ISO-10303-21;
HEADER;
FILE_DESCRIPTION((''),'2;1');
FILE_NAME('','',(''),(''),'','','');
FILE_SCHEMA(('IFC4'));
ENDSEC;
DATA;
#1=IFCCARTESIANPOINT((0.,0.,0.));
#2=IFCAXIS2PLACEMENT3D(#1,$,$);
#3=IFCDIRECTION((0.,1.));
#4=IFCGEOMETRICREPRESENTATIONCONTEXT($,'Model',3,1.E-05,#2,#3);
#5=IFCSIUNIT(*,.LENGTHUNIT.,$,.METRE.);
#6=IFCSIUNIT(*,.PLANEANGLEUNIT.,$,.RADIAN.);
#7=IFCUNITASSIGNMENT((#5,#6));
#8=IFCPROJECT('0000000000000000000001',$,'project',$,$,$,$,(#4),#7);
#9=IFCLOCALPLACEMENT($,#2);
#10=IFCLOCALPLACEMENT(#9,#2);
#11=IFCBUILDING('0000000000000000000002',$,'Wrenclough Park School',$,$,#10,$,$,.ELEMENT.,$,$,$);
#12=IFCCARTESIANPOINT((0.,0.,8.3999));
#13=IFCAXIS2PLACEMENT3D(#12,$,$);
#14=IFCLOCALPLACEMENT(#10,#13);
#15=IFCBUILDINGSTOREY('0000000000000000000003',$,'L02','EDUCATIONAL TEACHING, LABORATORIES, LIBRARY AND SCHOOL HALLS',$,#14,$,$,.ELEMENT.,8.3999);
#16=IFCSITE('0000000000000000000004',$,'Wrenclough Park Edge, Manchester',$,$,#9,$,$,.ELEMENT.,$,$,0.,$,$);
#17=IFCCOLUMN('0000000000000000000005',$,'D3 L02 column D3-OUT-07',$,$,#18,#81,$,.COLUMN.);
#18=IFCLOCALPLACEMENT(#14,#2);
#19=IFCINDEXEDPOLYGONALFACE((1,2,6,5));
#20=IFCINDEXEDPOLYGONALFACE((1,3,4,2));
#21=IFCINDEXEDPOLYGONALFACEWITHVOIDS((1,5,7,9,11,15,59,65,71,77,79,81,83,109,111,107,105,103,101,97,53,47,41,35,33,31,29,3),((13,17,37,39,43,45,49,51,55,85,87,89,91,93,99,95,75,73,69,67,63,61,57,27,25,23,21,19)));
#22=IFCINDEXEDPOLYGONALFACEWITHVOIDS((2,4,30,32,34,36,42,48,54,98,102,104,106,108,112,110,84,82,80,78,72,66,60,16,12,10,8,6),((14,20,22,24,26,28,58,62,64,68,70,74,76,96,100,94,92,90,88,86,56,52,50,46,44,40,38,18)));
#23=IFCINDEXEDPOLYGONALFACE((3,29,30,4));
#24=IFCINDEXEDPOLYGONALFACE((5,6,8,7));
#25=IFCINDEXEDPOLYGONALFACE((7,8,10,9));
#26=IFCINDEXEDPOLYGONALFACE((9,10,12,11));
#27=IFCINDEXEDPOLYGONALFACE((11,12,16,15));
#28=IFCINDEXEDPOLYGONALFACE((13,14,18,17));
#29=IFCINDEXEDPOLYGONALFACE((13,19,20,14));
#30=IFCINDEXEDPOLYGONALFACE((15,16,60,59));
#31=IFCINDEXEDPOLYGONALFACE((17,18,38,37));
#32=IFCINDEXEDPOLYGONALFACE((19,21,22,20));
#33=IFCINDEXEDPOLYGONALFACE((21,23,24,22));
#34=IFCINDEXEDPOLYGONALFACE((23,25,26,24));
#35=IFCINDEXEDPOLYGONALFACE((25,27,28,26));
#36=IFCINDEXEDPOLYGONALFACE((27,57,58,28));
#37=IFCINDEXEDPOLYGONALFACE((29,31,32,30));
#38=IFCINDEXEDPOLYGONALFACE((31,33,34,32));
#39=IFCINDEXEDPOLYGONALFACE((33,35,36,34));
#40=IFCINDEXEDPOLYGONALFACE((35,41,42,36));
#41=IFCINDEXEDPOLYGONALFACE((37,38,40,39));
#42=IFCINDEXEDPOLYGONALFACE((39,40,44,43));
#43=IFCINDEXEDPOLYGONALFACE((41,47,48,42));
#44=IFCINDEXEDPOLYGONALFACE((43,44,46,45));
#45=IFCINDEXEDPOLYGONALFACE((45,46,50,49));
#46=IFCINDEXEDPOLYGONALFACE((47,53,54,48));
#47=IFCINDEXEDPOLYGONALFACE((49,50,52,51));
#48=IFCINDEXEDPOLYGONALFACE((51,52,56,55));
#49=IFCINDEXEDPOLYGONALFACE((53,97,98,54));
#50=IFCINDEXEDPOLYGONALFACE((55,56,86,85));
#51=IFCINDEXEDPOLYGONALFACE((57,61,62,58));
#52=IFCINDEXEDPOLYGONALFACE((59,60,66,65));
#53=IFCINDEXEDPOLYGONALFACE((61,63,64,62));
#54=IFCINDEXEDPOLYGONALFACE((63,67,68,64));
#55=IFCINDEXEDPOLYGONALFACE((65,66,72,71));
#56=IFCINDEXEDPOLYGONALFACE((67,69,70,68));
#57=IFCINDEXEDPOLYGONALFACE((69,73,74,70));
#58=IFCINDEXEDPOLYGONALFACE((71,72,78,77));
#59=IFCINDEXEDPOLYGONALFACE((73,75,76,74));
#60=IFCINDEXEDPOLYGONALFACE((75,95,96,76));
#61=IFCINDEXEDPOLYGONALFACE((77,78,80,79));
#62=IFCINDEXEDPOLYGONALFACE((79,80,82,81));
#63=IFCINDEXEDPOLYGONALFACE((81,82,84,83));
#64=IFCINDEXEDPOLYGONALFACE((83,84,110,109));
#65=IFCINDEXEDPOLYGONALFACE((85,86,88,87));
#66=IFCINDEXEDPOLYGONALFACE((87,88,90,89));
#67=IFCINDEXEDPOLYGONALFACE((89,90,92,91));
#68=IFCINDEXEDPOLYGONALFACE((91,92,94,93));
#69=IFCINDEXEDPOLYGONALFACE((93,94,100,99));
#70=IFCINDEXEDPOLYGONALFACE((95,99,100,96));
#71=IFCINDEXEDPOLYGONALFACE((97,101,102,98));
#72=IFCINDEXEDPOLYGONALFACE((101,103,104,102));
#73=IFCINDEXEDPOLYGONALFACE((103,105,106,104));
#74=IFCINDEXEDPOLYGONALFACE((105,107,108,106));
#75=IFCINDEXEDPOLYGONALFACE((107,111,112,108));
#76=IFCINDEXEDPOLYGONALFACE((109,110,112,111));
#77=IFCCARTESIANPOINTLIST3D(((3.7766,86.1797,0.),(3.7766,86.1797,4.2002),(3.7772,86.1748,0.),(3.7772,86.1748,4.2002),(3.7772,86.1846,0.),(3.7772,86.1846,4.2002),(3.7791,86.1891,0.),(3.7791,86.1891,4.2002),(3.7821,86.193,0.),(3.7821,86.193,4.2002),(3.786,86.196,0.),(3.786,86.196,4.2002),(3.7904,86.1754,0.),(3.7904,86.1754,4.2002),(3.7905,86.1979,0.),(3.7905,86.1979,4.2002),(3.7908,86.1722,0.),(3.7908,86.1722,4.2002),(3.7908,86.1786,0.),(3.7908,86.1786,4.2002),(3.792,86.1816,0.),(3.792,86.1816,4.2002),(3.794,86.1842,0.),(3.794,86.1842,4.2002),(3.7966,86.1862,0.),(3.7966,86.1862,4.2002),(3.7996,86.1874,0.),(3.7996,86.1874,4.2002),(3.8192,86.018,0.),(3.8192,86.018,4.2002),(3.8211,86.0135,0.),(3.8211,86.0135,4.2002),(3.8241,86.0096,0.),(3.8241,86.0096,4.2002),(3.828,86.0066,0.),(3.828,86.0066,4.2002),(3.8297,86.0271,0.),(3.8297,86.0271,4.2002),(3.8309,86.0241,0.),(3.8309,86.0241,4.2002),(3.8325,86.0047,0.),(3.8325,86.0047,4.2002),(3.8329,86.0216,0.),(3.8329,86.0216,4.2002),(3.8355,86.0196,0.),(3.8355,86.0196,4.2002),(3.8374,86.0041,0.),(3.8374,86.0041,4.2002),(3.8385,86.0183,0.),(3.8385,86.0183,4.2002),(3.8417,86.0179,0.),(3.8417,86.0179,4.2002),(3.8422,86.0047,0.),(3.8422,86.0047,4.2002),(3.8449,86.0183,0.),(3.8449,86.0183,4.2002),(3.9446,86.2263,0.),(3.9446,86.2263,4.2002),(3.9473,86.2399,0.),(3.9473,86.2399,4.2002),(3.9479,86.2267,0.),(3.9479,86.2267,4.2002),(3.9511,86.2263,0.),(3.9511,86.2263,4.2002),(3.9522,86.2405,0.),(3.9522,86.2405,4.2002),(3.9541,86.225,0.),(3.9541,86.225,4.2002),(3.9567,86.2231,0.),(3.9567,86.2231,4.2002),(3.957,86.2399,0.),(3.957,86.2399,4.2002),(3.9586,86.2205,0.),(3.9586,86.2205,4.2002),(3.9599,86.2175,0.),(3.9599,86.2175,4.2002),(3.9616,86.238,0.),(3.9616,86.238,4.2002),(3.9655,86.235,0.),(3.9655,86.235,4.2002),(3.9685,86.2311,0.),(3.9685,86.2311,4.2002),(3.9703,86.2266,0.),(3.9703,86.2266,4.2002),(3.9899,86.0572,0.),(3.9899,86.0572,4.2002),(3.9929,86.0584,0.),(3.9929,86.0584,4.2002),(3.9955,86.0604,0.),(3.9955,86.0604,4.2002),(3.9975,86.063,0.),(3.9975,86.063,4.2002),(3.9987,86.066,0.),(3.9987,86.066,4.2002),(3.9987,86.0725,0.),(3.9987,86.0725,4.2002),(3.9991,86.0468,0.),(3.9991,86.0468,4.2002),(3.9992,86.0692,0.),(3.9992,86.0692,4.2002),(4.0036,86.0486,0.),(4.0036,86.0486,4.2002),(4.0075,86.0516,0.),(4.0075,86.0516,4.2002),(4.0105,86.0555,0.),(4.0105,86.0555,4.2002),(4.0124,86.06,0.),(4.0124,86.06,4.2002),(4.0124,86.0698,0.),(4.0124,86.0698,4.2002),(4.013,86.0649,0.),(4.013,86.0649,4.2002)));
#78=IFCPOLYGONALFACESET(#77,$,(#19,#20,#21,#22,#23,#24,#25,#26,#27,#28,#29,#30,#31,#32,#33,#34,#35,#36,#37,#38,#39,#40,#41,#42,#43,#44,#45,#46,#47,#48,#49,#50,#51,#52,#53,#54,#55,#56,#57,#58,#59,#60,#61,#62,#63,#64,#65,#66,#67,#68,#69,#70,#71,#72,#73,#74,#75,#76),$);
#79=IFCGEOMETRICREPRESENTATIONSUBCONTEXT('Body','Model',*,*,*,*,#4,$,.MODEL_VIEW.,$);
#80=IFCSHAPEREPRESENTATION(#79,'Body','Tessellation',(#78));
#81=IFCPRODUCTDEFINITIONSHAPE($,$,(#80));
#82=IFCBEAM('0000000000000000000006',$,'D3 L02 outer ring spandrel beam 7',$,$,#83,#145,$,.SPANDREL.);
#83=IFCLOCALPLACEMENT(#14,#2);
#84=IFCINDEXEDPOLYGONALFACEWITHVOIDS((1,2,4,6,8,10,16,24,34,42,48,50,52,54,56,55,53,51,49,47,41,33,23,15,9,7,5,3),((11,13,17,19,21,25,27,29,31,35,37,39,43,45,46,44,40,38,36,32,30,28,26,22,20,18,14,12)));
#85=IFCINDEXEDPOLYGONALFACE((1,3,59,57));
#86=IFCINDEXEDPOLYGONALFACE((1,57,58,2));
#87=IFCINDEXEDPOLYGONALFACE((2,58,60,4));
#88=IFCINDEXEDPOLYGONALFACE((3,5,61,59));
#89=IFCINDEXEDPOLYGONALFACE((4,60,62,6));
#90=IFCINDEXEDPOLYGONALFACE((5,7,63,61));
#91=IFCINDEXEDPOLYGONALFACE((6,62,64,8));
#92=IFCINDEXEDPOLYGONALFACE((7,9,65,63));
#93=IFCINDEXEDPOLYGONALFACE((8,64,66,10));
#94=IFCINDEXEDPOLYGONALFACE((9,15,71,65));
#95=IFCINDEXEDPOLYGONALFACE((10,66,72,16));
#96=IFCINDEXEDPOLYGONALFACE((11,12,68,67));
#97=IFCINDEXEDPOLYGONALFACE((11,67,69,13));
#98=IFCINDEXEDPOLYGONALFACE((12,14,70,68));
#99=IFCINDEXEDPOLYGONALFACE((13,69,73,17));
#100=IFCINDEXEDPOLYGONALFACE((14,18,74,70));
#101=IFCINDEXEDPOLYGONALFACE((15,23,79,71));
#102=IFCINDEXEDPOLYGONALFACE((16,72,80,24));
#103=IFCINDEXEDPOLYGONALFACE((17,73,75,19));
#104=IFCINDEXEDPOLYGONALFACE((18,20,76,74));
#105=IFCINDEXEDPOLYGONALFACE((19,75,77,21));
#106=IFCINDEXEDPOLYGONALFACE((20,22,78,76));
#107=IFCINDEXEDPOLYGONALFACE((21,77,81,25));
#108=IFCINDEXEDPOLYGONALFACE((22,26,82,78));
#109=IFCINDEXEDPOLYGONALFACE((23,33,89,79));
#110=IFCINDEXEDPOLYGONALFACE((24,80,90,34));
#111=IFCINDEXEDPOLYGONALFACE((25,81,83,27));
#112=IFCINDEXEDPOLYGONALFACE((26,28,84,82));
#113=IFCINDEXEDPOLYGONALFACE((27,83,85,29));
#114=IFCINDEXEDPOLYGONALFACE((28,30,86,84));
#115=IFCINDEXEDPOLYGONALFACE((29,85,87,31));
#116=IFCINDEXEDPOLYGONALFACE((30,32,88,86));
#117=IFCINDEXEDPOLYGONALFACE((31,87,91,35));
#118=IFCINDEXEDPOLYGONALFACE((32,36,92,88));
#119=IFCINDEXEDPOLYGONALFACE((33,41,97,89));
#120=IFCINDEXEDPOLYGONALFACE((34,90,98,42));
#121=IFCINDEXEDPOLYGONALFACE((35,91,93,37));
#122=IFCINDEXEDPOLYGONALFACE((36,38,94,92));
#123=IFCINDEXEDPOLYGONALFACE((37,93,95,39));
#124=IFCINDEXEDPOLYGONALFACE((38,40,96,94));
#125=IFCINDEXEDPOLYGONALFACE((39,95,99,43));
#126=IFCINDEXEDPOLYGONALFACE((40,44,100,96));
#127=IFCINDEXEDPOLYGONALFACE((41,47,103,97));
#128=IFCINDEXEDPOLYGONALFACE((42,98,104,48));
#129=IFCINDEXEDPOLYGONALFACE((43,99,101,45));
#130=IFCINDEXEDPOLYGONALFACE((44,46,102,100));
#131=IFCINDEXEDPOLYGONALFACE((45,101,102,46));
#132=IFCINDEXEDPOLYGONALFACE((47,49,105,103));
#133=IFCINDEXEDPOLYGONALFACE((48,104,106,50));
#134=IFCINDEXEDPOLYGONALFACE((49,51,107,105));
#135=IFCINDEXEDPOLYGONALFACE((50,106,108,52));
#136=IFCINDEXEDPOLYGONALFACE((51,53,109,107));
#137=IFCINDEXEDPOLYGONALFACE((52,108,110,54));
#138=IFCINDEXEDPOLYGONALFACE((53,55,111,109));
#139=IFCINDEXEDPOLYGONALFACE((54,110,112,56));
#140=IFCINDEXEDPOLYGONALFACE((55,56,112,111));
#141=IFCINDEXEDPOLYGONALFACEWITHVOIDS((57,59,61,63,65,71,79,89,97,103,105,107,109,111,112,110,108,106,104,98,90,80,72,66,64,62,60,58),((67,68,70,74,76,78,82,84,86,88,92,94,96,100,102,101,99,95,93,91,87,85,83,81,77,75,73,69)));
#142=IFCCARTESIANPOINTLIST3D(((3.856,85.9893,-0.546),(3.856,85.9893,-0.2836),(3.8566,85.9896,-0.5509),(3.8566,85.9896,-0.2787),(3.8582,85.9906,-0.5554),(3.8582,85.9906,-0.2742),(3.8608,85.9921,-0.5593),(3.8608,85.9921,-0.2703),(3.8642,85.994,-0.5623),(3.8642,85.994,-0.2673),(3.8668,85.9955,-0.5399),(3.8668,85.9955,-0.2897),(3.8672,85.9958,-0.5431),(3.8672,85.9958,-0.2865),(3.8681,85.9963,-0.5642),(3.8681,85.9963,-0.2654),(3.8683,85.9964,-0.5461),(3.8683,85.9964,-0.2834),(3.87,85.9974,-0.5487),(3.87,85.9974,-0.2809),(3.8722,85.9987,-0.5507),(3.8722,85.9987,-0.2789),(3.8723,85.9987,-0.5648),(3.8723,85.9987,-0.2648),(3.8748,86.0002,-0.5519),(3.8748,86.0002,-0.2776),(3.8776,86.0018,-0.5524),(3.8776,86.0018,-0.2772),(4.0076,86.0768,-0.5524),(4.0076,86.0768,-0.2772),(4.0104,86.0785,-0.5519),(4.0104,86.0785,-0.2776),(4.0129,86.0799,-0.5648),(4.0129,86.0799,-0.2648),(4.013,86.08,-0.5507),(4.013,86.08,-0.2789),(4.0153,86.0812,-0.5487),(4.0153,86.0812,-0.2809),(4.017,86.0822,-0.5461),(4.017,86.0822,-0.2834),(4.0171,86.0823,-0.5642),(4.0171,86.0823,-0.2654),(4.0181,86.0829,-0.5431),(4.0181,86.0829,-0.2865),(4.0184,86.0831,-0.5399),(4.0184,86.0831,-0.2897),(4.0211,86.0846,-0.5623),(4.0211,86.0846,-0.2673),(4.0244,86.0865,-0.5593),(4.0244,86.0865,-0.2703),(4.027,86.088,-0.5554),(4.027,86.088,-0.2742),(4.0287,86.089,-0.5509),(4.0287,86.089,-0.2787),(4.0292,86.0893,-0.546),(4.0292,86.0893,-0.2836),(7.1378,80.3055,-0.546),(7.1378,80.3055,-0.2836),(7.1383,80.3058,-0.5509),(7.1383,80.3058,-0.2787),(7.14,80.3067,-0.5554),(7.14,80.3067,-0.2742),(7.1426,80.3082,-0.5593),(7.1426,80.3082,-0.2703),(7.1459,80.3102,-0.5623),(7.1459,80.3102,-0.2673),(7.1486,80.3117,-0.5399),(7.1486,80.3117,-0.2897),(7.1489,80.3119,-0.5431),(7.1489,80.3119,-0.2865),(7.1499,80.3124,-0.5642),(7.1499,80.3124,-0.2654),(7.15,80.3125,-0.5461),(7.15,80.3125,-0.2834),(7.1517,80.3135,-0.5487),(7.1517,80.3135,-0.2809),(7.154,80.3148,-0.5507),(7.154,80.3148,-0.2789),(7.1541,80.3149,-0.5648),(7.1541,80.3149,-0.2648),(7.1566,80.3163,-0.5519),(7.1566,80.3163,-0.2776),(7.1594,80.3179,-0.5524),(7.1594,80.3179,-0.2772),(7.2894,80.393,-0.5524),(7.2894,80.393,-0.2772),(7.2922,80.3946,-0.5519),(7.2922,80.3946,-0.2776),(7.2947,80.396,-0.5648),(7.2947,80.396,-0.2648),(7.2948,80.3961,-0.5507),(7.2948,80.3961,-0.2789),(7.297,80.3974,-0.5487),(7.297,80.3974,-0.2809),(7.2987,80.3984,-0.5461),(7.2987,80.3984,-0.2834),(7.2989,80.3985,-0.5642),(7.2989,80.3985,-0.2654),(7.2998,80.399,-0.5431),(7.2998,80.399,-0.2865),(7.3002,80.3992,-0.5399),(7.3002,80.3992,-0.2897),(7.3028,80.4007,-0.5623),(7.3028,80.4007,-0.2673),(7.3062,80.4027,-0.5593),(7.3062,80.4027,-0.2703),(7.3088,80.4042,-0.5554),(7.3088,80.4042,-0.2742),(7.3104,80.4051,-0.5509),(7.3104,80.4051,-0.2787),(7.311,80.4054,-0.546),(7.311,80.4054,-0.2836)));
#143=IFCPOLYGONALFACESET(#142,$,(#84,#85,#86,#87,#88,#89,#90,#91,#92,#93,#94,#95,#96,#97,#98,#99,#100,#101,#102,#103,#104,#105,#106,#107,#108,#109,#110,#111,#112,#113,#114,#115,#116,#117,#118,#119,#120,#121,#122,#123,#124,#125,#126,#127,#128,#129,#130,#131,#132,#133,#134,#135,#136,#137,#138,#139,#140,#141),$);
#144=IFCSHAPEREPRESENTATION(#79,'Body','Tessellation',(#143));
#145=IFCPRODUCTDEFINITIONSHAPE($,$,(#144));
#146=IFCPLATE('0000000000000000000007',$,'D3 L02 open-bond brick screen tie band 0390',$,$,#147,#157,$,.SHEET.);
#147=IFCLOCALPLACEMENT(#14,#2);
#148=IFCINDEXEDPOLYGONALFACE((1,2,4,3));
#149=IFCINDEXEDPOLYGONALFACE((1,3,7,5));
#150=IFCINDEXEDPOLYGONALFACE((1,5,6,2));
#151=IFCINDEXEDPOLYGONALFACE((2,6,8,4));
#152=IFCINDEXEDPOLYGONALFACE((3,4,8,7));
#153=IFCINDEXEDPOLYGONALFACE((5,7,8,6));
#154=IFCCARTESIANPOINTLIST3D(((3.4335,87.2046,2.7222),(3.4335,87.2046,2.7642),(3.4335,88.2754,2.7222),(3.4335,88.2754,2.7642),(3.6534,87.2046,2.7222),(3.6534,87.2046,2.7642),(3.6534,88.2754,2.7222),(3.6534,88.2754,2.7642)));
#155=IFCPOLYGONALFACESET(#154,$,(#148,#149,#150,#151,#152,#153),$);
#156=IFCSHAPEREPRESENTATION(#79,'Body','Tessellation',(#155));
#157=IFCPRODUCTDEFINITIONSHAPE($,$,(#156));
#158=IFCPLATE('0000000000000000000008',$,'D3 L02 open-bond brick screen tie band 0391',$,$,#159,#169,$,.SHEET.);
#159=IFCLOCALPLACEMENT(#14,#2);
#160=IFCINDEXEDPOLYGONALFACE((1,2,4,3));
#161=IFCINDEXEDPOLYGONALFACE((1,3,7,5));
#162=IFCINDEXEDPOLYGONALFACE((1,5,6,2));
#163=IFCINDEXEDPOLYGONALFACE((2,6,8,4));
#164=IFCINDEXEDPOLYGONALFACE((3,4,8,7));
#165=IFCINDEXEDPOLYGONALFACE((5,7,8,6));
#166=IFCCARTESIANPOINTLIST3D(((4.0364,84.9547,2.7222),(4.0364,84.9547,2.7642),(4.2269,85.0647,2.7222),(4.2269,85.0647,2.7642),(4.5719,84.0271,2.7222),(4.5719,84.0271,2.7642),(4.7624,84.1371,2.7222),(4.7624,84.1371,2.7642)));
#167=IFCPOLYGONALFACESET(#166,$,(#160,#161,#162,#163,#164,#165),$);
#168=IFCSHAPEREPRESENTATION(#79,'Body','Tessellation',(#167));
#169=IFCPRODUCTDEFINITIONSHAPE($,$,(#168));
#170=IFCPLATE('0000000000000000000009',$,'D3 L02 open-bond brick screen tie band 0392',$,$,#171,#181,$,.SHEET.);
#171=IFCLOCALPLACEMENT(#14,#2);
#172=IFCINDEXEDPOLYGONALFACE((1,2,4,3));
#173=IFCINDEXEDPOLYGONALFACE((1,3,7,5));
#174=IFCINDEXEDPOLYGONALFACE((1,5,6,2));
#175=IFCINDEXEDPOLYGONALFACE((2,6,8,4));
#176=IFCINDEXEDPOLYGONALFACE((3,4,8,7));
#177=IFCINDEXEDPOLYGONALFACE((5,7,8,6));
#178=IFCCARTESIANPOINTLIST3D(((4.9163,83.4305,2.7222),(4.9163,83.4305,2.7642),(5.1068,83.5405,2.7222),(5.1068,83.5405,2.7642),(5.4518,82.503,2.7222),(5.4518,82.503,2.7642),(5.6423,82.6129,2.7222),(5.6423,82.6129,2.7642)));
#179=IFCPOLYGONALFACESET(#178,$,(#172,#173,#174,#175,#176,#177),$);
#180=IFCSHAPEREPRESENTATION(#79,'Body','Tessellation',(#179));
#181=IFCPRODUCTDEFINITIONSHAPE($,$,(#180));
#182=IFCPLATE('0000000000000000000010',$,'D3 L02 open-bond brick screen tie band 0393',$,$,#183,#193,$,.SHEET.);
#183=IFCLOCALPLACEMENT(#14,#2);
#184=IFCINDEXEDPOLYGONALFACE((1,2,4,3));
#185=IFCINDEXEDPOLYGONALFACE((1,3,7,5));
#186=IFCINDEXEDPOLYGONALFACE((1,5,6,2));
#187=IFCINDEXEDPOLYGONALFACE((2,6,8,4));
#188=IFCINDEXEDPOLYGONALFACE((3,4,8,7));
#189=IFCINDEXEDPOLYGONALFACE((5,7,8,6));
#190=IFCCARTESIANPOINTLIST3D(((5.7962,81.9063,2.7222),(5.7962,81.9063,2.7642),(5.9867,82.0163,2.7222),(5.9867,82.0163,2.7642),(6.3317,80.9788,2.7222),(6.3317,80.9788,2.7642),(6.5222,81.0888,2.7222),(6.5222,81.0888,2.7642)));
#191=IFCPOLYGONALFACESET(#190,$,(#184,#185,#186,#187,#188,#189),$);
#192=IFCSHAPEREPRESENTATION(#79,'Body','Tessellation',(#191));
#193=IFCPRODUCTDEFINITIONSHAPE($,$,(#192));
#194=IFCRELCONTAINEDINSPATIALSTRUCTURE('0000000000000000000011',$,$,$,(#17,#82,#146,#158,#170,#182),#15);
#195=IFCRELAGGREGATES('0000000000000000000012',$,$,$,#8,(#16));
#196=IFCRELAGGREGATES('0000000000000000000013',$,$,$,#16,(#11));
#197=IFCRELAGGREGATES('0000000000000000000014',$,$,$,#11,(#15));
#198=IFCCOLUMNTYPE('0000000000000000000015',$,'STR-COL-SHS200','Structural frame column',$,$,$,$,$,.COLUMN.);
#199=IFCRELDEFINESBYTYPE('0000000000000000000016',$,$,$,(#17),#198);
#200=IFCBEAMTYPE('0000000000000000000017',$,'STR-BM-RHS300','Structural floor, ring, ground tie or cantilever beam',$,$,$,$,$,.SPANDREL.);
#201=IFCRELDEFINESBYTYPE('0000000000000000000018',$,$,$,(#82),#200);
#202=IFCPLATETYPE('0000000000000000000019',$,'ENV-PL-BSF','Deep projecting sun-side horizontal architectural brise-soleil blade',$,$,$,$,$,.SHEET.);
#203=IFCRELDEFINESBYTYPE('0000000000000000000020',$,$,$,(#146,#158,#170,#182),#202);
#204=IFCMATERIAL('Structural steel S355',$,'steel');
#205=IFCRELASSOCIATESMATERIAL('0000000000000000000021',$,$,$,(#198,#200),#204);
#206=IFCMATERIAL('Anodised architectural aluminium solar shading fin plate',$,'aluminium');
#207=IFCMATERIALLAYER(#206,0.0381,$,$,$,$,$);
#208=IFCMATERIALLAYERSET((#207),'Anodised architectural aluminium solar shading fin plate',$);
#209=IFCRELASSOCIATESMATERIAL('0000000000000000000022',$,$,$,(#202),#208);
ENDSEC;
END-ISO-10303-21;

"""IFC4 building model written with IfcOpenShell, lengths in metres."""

from ifc_helpers import new_model, si_unit, direction, frame, origin, origin_2d, place, context, subcontext, project, spatial, rectangle, hollow_rectangle, extrude, material, layer, layer_set, material_profile, profile_set, type_object, element, save


model = new_model("IFC4")

# Units and contexts
model_context = context("Model", 3, precision=1e-05, world=origin(), true_north=direction((0.0, 1.0)))
body_context = subcontext(model_context, "Body", "Model", "MODEL_VIEW")
ifc_project = project(units=[si_unit("LENGTHUNIT", "METRE"), si_unit("PLANEANGLEUNIT", "RADIAN")], contexts=[model_context])

# Site, building, storey
site_placement = place(None, origin())
site = spatial("IfcSite", under=ifc_project, at=site_placement, Name="Wrenclough Park Edge, Manchester", CompositionType="ELEMENT", RefElevation=0.0)
building_placement = place(site_placement, origin())
building = spatial("IfcBuilding", under=site, at=building_placement, Name="Wrenclough Park School", CompositionType="ELEMENT")
storey_placement = place(building_placement, frame((0.0, 0.0, 8.3999)))
storey = spatial("IfcBuildingStorey", under=building, at=storey_placement, Name="L02", Description="EDUCATIONAL TEACHING, LABORATORIES, LIBRARY AND SCHOOL HALLS", CompositionType="ELEMENT", Elevation=8.3999)

# Column
ifc_material_1 = material(Name="Structural steel S355", Category="steel")
ifc_material_profile_1 = material_profile(ifc_material_1, hollow_rectangle(XDim=0.2, YDim=0.2, WallThickness=0.0125, InnerFilletRadius=0.0125, OuterFilletRadius=0.0188, at=origin_2d()), Name="SHS 200x200x12.5")
ifc_profile_set_1 = profile_set([ifc_material_profile_1], Name="Structural steel S355")
column_type = type_object("IfcColumnType", Name="STR-COL-SHS200", Description="Structural frame column", PredefinedType="COLUMN", material=ifc_profile_set_1)
column_placement = place(storey_placement, frame((3.8948, 86.1223, 0.0), z_axis=(0.0, 0.0, 1.0), x_axis=(0.258819, -0.965926, 0.0)))
element("IfcColumn", 1, at=column_placement, inside=storey, type_object=column_type, Name="D3 L02 column D3-OUT-07", PredefinedType="COLUMN", context=body_context, shape_type="SweptSolid", body=[
    extrude(hollow_rectangle(XDim=0.2, YDim=0.2, WallThickness=0.0125, InnerFilletRadius=0.0125, OuterFilletRadius=0.0188, at=origin_2d()), origin(), (0.0, 0.0, 1.0), 4.2002),
])

# Beam
ifc_material_profile_2 = material_profile(ifc_material_1, hollow_rectangle(XDim=0.2, YDim=0.3, WallThickness=0.0125, InnerFilletRadius=0.0125, OuterFilletRadius=0.0188, at=origin_2d()), Name="RHS 300x200x12.5")
ifc_profile_set_2 = profile_set([ifc_material_profile_2], Name="Structural steel S355")
beam_type = type_object("IfcBeamType", Name="STR-BM-RHS300", Description="Structural floor, ring, ground tie or cantilever beam", PredefinedType="SPANDREL", material=ifc_profile_set_2)
beam_placement = place(storey_placement, frame((3.9426, 86.0393, -0.4148), z_axis=(0.50002, -0.866014, 0.0), x_axis=(0.866014, 0.50002, 0.0)))
element("IfcBeam", 2, at=beam_placement, inside=storey, type_object=beam_type, Name="D3 L02 outer ring spandrel beam 7", PredefinedType="SPANDREL", context=body_context, shape_type="SweptSolid", body=[
    extrude(hollow_rectangle(XDim=0.2, YDim=0.3, WallThickness=0.0125, InnerFilletRadius=0.0125, OuterFilletRadius=0.0188, at=origin_2d()), origin(), (0.0, 0.0, 1.0), 6.5632),
])

# Plates
ifc_material_2 = material(Name="Anodised architectural aluminium solar shading fin plate", Category="aluminium")
ifc_layer_1 = layer(ifc_material_2, 0.0381)
ifc_layer_set_1 = layer_set([ifc_layer_1], Name="Anodised architectural aluminium solar shading fin plate")
plate_type = type_object("IfcPlateType", Name="ENV-PL-BSF", Description="Deep projecting sun-side horizontal architectural brise-soleil blade", PredefinedType="SHEET", material=ifc_layer_set_1)
plate_1_placement = place(storey_placement, frame((3.5435, 87.74, 2.7222), z_axis=(0.0, 0.0, 1.0), x_axis=(0.0, -1.0, 0.0)))
element("IfcPlate", 3, at=plate_1_placement, inside=storey, type_object=plate_type, Name="D3 L02 open-bond brick screen tie band 0390", PredefinedType="SHEET", context=body_context, shape_type="SweptSolid", body=[
    extrude(rectangle(XDim=1.0708, YDim=0.22, at=origin_2d()), origin(), (0.0, 0.0, 1.0), 0.042),
])
for number, where, z_axis, x_axis, name in (
    (4, (4.3994, 84.5459, 2.7222), (0.0, 0.0, 1.0), (0.499991, -0.866031, 0.0), "D3 L02 open-bond brick screen tie band 0391"),
    (5, (5.2793, 83.0217, 2.7222), (0.0, 0.0, 1.0), (0.499991, -0.866031, 0.0), "D3 L02 open-bond brick screen tie band 0392"),
    (6, (6.1592, 81.4976, 2.7222), (0.0, 0.0, 1.0), (0.499991, -0.866031, 0.0), "D3 L02 open-bond brick screen tie band 0393"),
):
    element("IfcPlate", number, at=place(storey_placement, frame(where, z_axis=z_axis, x_axis=x_axis)), inside=storey, type_object=plate_type, Name=name, PredefinedType="SHEET", context=body_context, shape_type="SweptSolid", body=[
        extrude(rectangle(XDim=1.071, YDim=0.22, at=origin_2d()), origin(), (0.0, 0.0, 1.0), 0.042),
    ])

save(model, "model.ifc")
